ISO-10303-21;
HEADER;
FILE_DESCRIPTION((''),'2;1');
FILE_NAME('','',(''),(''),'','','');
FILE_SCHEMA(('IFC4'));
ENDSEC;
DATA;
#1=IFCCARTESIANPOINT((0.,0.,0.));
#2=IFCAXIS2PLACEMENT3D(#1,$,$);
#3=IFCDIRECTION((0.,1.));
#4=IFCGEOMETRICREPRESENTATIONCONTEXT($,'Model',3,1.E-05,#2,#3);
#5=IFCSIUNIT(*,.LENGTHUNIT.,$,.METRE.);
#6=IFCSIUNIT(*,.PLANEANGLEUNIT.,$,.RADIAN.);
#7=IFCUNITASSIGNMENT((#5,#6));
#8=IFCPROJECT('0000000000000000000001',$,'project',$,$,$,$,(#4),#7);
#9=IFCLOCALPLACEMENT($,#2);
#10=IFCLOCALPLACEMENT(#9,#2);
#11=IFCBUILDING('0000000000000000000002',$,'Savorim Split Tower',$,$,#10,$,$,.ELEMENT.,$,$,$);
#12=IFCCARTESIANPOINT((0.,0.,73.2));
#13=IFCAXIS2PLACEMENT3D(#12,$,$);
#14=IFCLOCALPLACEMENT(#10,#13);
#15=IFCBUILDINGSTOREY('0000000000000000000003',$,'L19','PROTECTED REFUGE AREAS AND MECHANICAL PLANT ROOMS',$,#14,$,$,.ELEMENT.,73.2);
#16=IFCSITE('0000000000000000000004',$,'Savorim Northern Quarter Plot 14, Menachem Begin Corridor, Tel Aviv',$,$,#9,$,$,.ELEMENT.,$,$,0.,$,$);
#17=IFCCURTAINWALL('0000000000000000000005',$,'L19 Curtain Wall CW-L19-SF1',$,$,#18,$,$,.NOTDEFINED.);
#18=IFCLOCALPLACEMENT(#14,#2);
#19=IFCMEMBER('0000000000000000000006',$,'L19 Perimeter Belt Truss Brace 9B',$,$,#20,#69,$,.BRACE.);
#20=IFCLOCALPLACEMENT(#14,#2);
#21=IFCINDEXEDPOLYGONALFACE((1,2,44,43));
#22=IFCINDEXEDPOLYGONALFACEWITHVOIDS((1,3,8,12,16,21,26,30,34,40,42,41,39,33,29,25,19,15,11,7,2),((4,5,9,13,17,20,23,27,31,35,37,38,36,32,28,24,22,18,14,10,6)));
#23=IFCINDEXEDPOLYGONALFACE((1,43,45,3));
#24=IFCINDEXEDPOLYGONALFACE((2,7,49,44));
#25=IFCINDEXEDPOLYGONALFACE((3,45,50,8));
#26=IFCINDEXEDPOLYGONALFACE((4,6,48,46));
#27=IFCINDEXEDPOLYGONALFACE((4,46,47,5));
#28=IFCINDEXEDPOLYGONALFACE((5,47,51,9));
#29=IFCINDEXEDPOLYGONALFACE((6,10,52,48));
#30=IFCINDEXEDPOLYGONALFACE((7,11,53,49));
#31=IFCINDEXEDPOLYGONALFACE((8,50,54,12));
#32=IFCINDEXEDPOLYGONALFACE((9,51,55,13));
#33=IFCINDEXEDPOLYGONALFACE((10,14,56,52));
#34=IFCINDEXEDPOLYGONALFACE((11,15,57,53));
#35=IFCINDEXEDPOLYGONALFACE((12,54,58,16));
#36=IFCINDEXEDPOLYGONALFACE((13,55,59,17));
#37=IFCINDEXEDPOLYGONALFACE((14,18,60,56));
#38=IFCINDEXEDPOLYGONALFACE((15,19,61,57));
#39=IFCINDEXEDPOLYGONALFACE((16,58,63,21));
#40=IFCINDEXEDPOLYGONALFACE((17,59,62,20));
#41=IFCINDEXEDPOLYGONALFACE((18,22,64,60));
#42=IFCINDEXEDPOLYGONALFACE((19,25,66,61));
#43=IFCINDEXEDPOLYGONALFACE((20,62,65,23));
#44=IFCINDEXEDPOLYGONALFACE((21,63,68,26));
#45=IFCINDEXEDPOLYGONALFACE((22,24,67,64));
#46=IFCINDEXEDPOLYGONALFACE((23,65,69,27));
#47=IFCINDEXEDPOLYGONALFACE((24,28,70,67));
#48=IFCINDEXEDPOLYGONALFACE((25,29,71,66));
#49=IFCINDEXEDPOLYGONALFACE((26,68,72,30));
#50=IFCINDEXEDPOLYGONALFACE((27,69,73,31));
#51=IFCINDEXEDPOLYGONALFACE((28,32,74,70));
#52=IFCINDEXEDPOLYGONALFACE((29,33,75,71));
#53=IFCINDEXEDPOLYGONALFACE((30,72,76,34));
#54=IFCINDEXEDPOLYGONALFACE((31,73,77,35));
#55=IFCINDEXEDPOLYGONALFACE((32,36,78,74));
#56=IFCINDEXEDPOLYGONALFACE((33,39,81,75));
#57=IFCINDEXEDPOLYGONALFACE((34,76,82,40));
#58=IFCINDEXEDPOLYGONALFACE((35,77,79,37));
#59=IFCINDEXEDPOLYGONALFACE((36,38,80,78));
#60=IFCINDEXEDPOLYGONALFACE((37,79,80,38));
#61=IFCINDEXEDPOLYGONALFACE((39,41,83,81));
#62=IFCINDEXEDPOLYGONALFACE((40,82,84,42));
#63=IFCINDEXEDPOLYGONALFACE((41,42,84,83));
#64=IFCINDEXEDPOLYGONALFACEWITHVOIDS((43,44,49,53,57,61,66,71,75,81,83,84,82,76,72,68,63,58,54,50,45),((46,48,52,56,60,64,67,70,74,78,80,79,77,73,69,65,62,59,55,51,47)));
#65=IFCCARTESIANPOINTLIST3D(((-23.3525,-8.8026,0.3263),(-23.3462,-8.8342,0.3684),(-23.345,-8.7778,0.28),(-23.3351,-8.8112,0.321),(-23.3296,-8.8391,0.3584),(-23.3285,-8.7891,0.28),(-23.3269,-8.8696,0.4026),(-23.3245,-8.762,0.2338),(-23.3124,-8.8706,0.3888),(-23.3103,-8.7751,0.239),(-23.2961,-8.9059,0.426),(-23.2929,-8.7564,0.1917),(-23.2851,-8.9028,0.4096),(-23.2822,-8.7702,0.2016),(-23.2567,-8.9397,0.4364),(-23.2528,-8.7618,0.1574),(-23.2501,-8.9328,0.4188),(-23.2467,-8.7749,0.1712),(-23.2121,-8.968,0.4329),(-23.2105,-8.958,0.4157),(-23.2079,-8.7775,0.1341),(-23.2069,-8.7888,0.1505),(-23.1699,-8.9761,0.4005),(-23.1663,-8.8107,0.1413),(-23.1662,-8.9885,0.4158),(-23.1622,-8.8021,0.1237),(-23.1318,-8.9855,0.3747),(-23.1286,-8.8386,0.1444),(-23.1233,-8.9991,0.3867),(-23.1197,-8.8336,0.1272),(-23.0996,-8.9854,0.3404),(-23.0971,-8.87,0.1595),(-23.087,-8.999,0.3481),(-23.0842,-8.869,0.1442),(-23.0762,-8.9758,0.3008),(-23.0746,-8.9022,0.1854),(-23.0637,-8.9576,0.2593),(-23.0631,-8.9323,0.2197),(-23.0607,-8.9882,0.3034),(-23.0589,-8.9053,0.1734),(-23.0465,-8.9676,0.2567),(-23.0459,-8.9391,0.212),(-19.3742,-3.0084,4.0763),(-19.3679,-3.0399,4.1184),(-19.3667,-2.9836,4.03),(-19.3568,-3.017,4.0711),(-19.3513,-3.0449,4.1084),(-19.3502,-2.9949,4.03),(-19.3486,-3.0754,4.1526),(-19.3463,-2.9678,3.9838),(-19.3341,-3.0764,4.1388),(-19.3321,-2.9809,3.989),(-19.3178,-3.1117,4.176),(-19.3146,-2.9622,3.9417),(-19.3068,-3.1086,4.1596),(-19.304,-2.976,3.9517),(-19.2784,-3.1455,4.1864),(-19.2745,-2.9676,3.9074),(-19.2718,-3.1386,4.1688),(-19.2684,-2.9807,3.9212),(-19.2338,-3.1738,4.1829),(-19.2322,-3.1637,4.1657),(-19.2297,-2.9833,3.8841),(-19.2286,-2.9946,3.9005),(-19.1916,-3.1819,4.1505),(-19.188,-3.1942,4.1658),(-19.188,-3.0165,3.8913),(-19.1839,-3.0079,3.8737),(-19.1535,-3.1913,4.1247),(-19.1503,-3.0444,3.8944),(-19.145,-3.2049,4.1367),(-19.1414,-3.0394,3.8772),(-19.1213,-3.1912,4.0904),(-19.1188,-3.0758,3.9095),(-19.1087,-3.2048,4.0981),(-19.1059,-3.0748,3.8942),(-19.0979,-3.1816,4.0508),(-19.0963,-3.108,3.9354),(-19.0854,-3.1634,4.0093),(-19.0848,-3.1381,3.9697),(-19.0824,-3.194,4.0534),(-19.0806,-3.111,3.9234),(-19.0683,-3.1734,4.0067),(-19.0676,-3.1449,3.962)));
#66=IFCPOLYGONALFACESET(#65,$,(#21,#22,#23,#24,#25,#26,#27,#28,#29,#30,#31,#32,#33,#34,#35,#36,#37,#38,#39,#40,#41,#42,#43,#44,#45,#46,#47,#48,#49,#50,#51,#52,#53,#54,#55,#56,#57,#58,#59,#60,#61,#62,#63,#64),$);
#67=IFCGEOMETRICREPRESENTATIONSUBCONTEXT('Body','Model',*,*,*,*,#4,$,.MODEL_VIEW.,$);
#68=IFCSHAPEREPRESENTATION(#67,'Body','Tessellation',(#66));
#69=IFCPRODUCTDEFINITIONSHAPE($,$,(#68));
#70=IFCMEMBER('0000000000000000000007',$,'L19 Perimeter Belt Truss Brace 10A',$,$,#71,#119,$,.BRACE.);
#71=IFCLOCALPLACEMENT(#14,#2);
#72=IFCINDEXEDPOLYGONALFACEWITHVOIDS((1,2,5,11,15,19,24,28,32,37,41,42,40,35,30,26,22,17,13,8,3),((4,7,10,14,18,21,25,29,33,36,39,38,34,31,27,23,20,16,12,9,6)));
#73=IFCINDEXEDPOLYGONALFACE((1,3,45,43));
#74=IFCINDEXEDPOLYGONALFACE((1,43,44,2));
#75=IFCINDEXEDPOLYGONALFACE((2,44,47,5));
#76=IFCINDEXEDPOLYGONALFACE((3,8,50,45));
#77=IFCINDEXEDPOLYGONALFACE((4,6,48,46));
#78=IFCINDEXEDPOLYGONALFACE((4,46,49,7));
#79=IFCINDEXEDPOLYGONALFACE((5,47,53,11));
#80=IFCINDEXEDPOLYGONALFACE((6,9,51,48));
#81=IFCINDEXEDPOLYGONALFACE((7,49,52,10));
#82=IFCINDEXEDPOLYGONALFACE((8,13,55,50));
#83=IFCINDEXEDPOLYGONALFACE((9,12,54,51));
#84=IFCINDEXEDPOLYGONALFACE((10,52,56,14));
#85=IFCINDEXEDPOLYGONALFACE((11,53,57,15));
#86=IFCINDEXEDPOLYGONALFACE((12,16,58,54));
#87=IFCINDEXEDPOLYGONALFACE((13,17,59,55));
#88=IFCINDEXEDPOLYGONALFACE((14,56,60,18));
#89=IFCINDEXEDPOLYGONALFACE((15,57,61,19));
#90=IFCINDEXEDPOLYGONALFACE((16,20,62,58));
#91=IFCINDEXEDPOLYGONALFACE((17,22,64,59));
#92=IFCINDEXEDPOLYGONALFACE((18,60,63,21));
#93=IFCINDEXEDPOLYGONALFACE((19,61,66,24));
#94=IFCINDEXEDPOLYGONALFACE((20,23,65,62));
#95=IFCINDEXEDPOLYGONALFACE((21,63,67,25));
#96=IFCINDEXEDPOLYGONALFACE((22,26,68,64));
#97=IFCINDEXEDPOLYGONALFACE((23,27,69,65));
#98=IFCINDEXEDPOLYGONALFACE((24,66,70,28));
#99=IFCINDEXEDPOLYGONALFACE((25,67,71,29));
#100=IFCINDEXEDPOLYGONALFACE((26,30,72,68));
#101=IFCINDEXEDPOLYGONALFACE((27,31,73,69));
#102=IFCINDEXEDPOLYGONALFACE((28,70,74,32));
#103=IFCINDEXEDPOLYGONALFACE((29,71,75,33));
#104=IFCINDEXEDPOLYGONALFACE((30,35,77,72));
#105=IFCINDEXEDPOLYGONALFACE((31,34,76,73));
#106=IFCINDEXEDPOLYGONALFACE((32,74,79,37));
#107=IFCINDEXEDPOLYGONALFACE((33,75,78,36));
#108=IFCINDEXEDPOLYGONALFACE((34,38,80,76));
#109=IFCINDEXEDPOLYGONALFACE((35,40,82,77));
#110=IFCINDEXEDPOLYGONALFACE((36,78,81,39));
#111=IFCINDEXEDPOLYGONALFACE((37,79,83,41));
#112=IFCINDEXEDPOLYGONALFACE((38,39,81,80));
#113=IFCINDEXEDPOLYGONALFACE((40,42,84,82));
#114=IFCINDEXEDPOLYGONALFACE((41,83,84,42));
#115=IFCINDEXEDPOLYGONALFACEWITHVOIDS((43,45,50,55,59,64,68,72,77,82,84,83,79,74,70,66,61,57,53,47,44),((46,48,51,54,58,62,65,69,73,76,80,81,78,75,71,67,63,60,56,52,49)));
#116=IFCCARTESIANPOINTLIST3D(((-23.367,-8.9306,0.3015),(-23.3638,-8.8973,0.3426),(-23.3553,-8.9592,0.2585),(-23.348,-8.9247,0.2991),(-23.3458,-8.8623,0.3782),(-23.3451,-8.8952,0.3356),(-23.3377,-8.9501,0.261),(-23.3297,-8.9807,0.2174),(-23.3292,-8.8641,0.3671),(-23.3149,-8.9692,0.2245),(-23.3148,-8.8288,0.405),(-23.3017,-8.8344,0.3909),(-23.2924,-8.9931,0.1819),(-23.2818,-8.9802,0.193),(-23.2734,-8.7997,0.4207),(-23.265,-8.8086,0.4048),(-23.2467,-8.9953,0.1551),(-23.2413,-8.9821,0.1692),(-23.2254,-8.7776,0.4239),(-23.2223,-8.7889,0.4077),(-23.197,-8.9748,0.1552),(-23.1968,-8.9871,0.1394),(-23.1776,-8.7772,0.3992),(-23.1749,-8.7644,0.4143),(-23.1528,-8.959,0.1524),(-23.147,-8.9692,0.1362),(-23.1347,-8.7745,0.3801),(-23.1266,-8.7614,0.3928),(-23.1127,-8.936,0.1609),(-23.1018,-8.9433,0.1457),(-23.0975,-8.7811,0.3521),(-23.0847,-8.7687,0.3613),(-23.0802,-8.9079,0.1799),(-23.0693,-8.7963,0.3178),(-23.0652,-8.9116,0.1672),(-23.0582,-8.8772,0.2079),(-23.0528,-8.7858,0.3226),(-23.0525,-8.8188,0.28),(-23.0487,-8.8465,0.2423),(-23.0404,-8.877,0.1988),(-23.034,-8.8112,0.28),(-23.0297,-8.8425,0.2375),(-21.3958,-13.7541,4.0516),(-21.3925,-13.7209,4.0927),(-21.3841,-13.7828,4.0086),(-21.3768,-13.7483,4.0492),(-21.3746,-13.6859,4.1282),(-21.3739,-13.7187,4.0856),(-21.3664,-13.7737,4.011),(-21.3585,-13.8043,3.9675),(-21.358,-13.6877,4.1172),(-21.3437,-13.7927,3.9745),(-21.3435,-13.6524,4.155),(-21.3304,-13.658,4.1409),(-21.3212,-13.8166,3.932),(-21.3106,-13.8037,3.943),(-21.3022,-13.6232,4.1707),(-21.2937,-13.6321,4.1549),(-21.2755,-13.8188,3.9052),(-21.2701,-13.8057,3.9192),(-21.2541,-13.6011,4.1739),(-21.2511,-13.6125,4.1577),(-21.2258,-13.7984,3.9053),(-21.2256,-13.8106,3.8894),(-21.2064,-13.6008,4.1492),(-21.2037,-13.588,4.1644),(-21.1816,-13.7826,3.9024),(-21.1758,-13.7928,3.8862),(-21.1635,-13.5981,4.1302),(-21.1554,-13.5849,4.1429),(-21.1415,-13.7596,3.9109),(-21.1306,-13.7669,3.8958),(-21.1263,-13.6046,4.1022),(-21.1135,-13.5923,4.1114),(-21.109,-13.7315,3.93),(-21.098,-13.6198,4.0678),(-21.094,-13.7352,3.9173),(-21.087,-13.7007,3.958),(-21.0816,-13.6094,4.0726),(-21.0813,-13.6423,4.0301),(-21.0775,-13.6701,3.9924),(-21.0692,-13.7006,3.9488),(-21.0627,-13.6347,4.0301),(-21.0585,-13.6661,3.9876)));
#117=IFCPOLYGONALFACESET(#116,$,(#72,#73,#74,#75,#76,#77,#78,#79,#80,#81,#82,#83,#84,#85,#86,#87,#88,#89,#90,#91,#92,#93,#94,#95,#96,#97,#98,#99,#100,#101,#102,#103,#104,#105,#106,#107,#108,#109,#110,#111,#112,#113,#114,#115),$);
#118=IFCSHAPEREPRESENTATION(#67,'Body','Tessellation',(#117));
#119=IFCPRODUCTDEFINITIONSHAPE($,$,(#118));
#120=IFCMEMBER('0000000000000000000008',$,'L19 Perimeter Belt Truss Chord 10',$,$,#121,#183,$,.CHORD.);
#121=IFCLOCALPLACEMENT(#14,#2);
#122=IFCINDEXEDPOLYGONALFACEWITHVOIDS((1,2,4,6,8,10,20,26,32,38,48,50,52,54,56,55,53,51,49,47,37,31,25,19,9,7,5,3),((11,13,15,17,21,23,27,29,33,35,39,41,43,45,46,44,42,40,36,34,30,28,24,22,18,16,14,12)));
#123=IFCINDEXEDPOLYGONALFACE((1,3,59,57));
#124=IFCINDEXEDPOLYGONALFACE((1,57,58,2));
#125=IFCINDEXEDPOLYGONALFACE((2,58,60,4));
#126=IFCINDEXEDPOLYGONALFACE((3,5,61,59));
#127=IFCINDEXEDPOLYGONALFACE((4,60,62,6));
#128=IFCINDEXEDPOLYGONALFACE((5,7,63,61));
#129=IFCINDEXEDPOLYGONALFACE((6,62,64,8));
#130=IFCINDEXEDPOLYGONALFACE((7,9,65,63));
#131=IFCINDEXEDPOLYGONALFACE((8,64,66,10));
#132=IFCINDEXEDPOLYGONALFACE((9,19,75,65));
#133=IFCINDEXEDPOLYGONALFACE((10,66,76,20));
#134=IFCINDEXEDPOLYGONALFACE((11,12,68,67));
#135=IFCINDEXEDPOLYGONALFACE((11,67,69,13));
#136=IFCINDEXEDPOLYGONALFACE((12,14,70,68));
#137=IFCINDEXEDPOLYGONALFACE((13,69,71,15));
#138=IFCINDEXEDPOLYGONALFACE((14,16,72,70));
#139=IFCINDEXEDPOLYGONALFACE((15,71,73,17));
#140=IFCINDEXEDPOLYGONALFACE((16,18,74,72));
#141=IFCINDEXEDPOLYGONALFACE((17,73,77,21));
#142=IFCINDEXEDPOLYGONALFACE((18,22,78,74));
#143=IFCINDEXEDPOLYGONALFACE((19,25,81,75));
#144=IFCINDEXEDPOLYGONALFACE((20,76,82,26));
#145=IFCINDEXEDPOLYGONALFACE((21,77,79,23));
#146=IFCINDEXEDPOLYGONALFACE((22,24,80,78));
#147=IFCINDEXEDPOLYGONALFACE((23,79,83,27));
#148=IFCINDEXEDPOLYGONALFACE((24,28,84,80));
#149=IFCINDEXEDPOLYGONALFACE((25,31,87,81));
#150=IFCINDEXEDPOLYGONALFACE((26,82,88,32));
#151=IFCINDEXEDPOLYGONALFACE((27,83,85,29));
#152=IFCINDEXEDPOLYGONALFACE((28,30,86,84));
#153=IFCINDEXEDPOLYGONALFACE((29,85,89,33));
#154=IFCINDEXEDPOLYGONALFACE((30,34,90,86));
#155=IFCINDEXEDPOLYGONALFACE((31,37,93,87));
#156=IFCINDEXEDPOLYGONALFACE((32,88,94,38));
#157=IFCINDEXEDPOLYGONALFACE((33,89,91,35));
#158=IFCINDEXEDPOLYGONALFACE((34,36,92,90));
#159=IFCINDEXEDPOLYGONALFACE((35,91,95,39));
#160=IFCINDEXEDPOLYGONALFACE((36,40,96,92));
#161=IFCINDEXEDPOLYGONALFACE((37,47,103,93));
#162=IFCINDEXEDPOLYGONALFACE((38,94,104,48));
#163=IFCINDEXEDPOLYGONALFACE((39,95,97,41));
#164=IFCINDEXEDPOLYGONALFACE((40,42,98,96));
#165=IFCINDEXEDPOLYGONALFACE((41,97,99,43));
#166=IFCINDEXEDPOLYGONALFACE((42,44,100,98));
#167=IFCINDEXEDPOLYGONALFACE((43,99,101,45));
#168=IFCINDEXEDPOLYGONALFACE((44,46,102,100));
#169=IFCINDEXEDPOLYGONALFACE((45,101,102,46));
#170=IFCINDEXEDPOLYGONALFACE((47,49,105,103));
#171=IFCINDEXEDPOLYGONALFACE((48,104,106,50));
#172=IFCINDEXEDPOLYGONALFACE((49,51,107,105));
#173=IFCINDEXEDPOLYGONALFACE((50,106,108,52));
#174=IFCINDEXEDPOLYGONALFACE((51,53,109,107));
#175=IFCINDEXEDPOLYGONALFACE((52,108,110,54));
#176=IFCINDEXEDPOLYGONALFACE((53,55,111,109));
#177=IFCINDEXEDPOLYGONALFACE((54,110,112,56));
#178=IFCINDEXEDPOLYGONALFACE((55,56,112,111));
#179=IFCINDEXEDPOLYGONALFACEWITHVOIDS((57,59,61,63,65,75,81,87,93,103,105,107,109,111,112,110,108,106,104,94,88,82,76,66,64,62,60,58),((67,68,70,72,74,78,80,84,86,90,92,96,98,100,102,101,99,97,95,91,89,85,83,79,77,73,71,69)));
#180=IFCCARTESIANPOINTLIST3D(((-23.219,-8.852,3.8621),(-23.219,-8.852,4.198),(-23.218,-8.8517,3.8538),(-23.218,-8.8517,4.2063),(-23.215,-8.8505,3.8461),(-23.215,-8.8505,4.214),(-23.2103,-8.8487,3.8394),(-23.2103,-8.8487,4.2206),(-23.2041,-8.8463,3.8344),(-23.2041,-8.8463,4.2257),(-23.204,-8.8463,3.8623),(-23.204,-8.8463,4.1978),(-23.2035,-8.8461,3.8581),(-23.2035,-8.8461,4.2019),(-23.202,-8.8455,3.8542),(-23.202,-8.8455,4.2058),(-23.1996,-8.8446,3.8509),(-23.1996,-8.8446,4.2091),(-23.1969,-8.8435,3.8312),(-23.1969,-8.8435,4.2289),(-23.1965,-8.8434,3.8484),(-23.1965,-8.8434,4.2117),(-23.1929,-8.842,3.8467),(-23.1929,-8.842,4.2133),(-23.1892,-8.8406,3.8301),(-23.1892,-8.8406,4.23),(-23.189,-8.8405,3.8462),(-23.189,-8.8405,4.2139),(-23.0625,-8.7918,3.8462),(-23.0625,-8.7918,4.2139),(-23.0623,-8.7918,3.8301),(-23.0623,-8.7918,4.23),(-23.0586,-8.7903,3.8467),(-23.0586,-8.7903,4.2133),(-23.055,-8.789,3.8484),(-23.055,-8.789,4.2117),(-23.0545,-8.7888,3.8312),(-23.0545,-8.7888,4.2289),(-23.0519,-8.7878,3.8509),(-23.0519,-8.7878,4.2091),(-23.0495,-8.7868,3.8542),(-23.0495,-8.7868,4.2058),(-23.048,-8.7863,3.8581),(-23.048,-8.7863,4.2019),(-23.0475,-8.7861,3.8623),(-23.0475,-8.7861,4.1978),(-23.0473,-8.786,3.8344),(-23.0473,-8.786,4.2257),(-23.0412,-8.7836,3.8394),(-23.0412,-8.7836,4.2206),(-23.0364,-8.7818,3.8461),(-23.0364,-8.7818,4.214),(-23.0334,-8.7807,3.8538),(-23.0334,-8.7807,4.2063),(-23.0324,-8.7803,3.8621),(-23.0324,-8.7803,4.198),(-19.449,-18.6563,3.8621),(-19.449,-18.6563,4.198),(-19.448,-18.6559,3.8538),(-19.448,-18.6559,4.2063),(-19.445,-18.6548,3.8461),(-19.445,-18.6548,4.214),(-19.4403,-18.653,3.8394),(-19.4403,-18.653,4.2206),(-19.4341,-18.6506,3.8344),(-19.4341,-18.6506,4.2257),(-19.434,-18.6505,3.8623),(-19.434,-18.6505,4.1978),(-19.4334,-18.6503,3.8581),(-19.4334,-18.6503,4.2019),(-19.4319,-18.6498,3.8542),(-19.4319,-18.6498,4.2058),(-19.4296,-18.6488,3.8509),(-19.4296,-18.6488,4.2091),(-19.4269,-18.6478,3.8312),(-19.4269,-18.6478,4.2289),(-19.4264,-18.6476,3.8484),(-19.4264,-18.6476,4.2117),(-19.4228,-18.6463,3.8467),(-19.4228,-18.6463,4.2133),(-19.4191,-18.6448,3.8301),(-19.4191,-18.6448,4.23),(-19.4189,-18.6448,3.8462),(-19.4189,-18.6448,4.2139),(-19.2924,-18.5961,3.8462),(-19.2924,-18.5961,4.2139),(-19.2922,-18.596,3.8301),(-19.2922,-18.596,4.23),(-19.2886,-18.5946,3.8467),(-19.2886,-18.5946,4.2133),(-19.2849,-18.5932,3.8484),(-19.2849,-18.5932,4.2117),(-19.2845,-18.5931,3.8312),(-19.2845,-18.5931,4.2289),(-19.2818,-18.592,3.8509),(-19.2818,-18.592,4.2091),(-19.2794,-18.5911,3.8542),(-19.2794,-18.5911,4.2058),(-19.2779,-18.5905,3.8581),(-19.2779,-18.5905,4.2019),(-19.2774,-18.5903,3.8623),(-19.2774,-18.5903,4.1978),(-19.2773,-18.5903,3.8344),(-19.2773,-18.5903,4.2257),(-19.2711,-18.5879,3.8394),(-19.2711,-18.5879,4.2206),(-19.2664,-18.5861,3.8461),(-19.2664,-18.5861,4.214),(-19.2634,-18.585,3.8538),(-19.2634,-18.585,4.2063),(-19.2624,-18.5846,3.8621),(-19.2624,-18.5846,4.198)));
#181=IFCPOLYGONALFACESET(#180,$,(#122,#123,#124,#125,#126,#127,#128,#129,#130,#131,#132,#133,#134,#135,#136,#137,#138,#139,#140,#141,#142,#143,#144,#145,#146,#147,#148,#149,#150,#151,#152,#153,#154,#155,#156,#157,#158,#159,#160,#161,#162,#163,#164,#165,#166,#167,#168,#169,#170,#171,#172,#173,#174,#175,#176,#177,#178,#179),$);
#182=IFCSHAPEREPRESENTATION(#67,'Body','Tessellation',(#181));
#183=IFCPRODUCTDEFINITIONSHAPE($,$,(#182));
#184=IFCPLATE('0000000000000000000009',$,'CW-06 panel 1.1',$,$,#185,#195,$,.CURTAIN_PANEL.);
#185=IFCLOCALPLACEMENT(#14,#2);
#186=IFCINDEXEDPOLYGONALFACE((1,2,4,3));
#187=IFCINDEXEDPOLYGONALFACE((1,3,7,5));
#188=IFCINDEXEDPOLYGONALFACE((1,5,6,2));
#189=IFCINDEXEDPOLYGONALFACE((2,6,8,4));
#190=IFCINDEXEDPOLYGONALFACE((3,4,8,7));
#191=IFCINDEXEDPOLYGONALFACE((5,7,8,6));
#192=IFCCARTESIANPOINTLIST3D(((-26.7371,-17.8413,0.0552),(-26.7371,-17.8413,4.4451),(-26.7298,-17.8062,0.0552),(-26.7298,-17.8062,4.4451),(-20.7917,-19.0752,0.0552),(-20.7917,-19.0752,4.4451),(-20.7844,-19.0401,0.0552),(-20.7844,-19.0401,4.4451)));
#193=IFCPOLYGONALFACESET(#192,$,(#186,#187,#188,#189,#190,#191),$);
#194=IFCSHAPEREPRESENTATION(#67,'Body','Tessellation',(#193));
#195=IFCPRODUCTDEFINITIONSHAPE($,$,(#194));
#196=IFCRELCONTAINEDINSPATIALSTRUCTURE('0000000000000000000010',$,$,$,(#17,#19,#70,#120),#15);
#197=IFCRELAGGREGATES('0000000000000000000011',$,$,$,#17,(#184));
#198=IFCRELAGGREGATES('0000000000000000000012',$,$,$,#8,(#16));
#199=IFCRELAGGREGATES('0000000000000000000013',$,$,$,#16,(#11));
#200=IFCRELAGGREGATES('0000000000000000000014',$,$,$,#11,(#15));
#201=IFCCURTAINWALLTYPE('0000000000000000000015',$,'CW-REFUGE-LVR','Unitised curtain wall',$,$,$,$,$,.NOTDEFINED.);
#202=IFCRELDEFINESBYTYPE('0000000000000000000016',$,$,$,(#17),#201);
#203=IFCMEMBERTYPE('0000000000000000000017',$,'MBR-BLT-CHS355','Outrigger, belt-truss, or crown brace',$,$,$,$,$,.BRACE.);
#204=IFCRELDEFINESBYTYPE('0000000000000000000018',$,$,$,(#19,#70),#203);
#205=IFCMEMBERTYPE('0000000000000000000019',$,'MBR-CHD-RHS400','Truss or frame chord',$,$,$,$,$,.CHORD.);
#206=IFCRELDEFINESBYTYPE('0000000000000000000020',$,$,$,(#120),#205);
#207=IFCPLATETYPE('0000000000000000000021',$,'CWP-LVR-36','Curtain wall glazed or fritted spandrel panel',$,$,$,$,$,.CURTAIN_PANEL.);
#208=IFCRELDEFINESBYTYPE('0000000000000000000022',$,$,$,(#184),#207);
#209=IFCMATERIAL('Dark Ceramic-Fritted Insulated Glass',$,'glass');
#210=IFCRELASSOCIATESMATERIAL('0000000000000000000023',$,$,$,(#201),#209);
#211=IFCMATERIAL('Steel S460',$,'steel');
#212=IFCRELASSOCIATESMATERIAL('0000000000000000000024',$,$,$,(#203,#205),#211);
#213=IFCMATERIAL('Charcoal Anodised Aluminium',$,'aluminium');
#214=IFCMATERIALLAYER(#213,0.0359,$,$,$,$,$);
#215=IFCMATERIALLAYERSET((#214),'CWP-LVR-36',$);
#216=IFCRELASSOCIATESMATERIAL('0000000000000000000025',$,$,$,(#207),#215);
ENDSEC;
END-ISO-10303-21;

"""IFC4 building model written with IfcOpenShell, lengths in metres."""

from ifc_helpers import new_model, si_unit, direction, frame, origin, origin_2d, place, context, subcontext, project, spatial, rectangle, hollow_rectangle, hollow_circle, extrude, material, layer, layer_set, material_profile, profile_set, type_object, element, aggregate, save


model = new_model("IFC4")

# Units and contexts
model_context = context("Model", 3, precision=1e-05, world=origin(), true_north=direction((0.0, 1.0)))
body_context = subcontext(model_context, "Body", "Model", "MODEL_VIEW")
ifc_project = project(units=[si_unit("LENGTHUNIT", "METRE"), si_unit("PLANEANGLEUNIT", "RADIAN")], contexts=[model_context])

# Site, building, storey
site_placement = place(None, origin())
site = spatial("IfcSite", under=ifc_project, at=site_placement, Name="Savorim Northern Quarter Plot 14, Menachem Begin Corridor, Tel Aviv", CompositionType="ELEMENT", RefElevation=0.0)
building_placement = place(site_placement, origin())
building = spatial("IfcBuilding", under=site, at=building_placement, Name="Savorim Split Tower", CompositionType="ELEMENT")
storey_placement = place(building_placement, frame((0.0, 0.0, 73.2)))
storey = spatial("IfcBuildingStorey", under=building, at=storey_placement, Name="L19", Description="PROTECTED REFUGE AREAS AND MECHANICAL PLANT ROOMS", CompositionType="ELEMENT", Elevation=73.2)

# Shared definitions
ifc_material_1 = material(Name="Steel S460", Category="steel")

# Curtain wall
ifc_material_2 = material(Name="Dark Ceramic-Fritted Insulated Glass", Category="glass")
curtain_wall_type = type_object("IfcCurtainWallType", Name="CW-REFUGE-LVR", Description="Unitised curtain wall", PredefinedType="NOTDEFINED", material=ifc_material_2)
curtain_wall_1_placement = place(storey_placement, origin())
curtain_wall_1 = element("IfcCurtainWall", 1, at=curtain_wall_1_placement, inside=storey, type_object=curtain_wall_type, Name="L19 Curtain Wall CW-L19-SF1", PredefinedType="NOTDEFINED")
ifc_material_3 = material(Name="Charcoal Anodised Aluminium", Category="aluminium")

# Members
ifc_material_profile_1 = material_profile(ifc_material_1, hollow_circle(Radius=0.1777, WallThickness=0.02, at=origin_2d()), Name="CHS 355.6x20")
ifc_profile_set_1 = profile_set([ifc_material_profile_1], Name="Steel S460")
member_type_1 = type_object("IfcMemberType", Name="MBR-BLT-CHS355", Description="Outrigger, belt-truss, or crown brace", PredefinedType="BRACE", material=ifc_profile_set_1)
member_1_placement = place(storey_placement, frame((-23.1985, -8.8784, 0.28), z_axis=(0.499388, 0.727339, 0.470734), x_axis=(-0.824389, 0.566023, 0.0)))
element("IfcMember", 2, at=member_1_placement, inside=storey, type_object=member_type_1, Name="L19 Perimeter Belt Truss Brace 9B", PredefinedType="BRACE", context=body_context, shape_type="SweptSolid", body=[
    extrude(hollow_circle(Radius=0.1777, WallThickness=0.02, at=origin_2d()), origin(), (0.0, 0.0, 1.0), 7.9663),
])
member_2_placement = place(storey_placement, frame((-23.1985, -8.8784, 0.28), z_axis=(0.307048, -0.751343, 0.584128), x_axis=(0.925685, 0.378295, 0.0)))
element("IfcMember", 3, at=member_2_placement, inside=storey, type_object=member_type_1, Name="L19 Perimeter Belt Truss Brace 10A", PredefinedType="BRACE", context=body_context, shape_type="SweptSolid", body=[
    extrude(hollow_circle(Radius=0.1777, WallThickness=0.02, at=origin_2d()), origin(), (0.0, 0.0, 1.0), 6.4199),
])
ifc_material_profile_2 = material_profile(ifc_material_1, hollow_rectangle(XDim=0.2, YDim=0.3999, WallThickness=0.0161, InnerFilletRadius=0.0161, OuterFilletRadius=0.032, at=origin_2d()), Name="RHS 400x200x16")
ifc_profile_set_2 = profile_set([ifc_material_profile_2], Name="Steel S460")
member_type_2 = type_object("IfcMemberType", Name="MBR-CHD-RHS400", Description="Truss or frame chord", PredefinedType="CHORD", material=ifc_profile_set_2)
member_3_placement = place(storey_placement, frame((-23.1257, -8.8162, 4.03), z_axis=(0.358911, -0.933372, 0.0), x_axis=(0.933372, 0.358911, 0.0)))
element("IfcMember", 4, at=member_3_placement, inside=storey, type_object=member_type_2, Name="L19 Perimeter Belt Truss Chord 10", PredefinedType="CHORD", context=body_context, shape_type="SweptSolid", body=[
    extrude(hollow_rectangle(XDim=0.2, YDim=0.3999, WallThickness=0.0161, InnerFilletRadius=0.0161, OuterFilletRadius=0.032, at=origin_2d()), origin(), (0.0, 0.0, 1.0), 10.5042),
])

# Plate
ifc_layer_1 = layer(ifc_material_3, 0.0359)
ifc_layer_set_1 = layer_set([ifc_layer_1], Name="CWP-LVR-36")
plate_type_1 = type_object("IfcPlateType", Name="CWP-LVR-36", Description="Curtain wall glazed or fritted spandrel panel", PredefinedType="CURTAIN_PANEL", material=ifc_layer_set_1)
plate_1_placement = place(storey_placement, frame((-23.7607, -18.4407, 0.0552), z_axis=(0.0, 0.0, 1.0), x_axis=(0.979135, -0.20321, 0.0)))
plate_1 = element("IfcPlate", 5, at=plate_1_placement, type_object=plate_type_1, Name="CW-06 panel 1.1", PredefinedType="CURTAIN_PANEL", context=body_context, shape_type="SweptSolid", body=[
    extrude(rectangle(XDim=6.072, YDim=0.0359, at=origin_2d()), origin(), (0.0, 0.0, 1.0), 4.3899),
])
aggregate(curtain_wall_1, [plate_1])

save(model, "model.ifc")
